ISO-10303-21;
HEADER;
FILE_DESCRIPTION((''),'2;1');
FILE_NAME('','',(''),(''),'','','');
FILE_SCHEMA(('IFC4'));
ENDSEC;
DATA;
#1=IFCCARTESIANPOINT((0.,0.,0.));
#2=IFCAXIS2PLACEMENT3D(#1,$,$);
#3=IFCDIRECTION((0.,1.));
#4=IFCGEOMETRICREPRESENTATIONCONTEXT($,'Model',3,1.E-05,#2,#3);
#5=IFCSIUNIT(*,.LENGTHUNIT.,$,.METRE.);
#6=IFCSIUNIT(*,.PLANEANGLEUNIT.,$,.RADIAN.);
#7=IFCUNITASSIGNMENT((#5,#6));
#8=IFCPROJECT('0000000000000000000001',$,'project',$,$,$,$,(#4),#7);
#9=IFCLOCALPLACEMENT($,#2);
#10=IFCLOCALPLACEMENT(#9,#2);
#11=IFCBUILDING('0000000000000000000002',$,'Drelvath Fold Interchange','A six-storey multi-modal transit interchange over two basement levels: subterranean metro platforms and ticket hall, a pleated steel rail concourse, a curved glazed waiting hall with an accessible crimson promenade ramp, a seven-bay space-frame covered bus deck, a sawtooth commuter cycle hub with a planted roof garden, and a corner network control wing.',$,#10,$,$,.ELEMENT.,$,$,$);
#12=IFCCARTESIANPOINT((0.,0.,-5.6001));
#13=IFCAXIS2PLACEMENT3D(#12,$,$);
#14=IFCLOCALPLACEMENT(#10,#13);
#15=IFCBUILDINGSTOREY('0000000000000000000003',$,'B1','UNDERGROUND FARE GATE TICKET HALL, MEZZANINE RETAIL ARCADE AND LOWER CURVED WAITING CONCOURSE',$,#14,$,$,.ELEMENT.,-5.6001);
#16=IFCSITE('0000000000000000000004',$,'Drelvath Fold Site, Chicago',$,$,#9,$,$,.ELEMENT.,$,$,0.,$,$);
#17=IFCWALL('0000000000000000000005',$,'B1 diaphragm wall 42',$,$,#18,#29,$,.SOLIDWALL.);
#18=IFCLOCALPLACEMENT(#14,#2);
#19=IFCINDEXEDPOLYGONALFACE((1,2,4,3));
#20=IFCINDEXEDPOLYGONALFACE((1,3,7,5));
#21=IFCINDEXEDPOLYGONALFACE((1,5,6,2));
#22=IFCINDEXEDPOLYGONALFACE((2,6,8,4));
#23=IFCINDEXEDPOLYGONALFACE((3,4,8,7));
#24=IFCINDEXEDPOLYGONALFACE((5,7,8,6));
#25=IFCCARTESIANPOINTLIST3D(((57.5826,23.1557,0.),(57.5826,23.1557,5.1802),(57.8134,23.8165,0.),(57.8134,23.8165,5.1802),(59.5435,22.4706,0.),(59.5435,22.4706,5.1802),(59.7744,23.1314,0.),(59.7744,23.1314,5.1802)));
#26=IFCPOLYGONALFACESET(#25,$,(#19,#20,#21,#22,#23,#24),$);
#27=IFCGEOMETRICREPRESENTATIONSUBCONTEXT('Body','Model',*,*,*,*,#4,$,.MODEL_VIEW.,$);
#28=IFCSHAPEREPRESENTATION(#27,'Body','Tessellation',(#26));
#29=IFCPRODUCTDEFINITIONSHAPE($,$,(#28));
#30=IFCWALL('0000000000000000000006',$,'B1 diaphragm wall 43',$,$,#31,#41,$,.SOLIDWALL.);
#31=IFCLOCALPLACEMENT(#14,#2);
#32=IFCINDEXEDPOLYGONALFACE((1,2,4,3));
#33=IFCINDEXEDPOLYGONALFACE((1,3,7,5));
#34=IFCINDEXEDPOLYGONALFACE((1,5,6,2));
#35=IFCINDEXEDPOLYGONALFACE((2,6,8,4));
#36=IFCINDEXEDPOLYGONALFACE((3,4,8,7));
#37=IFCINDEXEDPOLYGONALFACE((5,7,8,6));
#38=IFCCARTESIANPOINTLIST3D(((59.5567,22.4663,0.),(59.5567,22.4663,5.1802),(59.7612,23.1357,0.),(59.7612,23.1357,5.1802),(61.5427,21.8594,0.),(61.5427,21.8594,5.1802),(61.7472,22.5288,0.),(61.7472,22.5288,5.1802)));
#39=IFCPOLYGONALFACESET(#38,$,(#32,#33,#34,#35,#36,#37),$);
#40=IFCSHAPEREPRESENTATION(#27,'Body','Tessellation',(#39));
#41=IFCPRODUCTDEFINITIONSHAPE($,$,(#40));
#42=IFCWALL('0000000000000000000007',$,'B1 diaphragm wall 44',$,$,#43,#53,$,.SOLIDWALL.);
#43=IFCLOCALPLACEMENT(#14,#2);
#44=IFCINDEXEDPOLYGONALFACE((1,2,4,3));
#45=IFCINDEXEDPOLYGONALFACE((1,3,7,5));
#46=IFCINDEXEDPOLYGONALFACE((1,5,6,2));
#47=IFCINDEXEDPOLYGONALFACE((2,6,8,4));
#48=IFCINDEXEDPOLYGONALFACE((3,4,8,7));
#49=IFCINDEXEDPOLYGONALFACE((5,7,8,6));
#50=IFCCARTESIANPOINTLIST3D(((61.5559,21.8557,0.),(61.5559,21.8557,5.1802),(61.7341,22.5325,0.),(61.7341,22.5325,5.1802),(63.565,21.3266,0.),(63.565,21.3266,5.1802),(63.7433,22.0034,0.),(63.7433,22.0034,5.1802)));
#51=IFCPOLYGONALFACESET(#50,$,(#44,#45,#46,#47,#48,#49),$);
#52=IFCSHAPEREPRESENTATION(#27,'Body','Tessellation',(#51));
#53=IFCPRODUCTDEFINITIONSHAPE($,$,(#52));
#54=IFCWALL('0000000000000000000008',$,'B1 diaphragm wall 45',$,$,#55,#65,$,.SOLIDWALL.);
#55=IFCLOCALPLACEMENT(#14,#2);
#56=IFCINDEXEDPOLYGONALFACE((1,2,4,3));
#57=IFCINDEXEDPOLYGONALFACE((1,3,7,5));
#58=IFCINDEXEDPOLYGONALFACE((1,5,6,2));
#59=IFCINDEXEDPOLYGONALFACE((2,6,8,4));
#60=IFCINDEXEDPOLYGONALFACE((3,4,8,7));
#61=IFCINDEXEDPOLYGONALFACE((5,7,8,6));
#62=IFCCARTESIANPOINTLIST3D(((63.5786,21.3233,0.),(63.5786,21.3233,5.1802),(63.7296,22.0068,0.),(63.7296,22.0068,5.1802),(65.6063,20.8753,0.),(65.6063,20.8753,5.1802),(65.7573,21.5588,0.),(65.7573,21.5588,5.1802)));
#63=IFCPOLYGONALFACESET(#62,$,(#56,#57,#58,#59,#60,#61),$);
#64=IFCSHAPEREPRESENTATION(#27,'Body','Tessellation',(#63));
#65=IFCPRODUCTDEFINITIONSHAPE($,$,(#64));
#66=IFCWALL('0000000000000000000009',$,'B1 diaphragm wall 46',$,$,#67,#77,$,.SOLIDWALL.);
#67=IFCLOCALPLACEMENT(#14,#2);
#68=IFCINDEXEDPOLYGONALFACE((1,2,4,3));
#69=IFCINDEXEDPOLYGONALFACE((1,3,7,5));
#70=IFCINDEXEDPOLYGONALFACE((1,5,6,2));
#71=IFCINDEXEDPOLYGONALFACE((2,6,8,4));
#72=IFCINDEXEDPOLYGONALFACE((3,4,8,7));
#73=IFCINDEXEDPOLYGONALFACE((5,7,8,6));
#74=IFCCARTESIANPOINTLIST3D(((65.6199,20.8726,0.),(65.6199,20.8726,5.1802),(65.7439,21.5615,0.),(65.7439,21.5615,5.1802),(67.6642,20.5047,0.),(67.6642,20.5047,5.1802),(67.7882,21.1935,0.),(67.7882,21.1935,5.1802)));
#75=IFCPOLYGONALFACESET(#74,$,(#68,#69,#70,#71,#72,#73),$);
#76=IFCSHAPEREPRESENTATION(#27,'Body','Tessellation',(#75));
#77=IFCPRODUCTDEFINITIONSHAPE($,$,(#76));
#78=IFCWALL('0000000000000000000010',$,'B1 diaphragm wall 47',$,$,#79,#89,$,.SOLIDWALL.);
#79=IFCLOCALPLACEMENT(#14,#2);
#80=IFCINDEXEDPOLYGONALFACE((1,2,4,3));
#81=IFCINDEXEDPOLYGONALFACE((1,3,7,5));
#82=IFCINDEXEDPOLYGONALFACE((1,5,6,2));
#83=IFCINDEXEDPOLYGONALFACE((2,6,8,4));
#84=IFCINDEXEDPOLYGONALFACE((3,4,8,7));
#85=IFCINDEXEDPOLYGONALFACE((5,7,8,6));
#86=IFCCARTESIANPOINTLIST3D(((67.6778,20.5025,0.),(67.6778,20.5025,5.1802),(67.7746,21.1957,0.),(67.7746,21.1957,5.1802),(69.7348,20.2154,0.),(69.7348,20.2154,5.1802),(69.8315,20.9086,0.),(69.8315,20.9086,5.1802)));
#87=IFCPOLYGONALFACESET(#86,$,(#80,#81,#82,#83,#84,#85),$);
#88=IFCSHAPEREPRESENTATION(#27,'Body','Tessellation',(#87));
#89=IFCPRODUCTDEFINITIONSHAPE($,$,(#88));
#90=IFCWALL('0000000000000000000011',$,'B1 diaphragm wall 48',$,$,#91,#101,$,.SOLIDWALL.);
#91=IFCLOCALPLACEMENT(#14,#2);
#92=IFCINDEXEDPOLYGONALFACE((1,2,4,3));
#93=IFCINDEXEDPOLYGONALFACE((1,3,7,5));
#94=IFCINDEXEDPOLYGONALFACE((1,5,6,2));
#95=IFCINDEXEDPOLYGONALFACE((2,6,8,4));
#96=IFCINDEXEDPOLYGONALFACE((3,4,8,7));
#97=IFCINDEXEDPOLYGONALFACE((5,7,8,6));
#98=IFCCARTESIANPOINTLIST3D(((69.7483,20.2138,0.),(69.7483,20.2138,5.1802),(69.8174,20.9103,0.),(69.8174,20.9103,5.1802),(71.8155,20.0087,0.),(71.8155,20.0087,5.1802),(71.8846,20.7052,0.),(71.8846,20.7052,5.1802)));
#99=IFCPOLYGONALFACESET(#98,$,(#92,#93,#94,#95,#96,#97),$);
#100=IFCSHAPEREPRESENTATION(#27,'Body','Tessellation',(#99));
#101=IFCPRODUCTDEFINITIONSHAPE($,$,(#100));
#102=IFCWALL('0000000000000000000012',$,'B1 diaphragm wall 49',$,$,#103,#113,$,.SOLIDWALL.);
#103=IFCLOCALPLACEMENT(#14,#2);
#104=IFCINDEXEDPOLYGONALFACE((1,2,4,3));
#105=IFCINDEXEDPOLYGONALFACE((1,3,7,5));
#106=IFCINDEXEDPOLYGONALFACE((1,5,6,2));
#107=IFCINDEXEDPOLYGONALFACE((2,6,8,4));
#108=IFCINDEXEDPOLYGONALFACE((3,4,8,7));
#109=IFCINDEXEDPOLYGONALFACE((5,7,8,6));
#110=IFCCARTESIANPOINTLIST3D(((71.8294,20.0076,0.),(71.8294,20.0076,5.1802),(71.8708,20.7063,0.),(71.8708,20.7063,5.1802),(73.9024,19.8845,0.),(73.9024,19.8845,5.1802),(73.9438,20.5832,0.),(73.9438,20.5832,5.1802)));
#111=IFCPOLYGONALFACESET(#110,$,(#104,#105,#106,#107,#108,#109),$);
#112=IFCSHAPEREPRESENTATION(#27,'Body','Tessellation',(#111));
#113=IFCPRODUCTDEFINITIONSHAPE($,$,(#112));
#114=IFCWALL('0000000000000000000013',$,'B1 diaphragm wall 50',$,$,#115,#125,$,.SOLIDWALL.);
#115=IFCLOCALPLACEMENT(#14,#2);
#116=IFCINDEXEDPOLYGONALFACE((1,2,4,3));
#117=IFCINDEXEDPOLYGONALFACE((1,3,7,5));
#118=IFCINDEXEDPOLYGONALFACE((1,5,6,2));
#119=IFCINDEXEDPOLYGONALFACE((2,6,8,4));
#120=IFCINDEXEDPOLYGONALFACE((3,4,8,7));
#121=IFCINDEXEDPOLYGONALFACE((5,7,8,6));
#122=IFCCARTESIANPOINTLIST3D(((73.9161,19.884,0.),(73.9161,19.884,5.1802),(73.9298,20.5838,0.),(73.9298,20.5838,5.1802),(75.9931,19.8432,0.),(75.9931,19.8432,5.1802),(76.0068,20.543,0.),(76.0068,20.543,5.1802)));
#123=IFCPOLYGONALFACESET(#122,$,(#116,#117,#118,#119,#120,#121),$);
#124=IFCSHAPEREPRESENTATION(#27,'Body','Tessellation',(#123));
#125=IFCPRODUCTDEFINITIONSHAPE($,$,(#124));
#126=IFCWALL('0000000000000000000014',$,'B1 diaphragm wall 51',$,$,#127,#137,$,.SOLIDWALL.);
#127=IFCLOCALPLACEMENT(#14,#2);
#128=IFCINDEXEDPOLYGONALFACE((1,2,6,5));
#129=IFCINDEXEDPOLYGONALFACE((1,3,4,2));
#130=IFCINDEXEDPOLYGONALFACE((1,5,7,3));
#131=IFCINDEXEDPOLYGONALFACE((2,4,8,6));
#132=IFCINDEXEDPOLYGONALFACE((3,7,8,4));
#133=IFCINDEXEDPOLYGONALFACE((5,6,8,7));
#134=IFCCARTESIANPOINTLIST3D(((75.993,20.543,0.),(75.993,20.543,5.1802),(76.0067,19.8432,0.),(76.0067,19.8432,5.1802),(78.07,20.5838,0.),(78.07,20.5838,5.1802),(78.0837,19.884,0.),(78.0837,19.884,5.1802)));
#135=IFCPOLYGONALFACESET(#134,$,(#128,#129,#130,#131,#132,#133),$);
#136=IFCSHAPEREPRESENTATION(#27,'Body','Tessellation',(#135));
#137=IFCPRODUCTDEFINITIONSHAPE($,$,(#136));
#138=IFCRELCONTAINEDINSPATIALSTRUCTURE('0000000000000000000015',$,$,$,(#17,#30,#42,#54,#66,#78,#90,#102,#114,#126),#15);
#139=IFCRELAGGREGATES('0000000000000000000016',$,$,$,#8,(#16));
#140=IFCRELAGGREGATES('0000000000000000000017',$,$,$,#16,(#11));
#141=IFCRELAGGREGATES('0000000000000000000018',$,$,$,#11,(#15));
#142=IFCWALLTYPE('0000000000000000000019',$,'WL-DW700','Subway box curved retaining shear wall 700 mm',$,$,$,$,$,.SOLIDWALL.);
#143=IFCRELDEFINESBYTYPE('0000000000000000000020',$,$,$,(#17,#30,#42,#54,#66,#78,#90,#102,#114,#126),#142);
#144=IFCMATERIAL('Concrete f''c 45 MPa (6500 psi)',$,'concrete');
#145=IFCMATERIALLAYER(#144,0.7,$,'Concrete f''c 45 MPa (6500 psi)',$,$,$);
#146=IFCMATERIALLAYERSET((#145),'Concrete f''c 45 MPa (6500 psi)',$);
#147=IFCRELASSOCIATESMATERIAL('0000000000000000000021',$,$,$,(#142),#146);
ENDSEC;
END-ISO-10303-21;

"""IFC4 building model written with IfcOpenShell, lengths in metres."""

from ifc_helpers import new_model, si_unit, direction, frame, frame_2d, origin, place, context, subcontext, project, spatial, rectangle, extrude, material, layer, layer_set, type_object, element, save


model = new_model("IFC4")

# Units and contexts
model_context = context("Model", 3, precision=1e-05, world=origin(), true_north=direction((0.0, 1.0)))
body_context = subcontext(model_context, "Body", "Model", "MODEL_VIEW")
ifc_project = project(units=[si_unit("LENGTHUNIT", "METRE"), si_unit("PLANEANGLEUNIT", "RADIAN")], contexts=[model_context])

# Site, building, storey
site_placement = place(None, origin())
site = spatial("IfcSite", under=ifc_project, at=site_placement, Name="Drelvath Fold Site, Chicago", CompositionType="ELEMENT", RefElevation=0.0)
building_placement = place(site_placement, origin())
building = spatial("IfcBuilding", under=site, at=building_placement, Name="Drelvath Fold Interchange", Description="A six-storey multi-modal transit interchange over two basement levels: subterranean metro platforms and ticket hall, a pleated steel rail concourse, a curved glazed waiting hall with an accessible crimson promenade ramp, a seven-bay space-frame covered bus deck, a sawtooth commuter cycle hub with a planted roof garden, and a corner network control wing.", CompositionType="ELEMENT")
storey_placement = place(building_placement, frame((0.0, 0.0, -5.6001)))
storey = spatial("IfcBuildingStorey", under=building, at=storey_placement, Name="B1", Description="UNDERGROUND FARE GATE TICKET HALL, MEZZANINE RETAIL ARCADE AND LOWER CURVED WAITING CONCOURSE", CompositionType="ELEMENT", Elevation=-5.6001)

# Shared definitions
ifc_material_1 = material(Name="Concrete f'c 45 MPa (6500 psi)", Category="concrete")

# Walls
ifc_layer = layer(ifc_material_1, 0.7, Name="Concrete f'c 45 MPa (6500 psi)")
ifc_layer_set = layer_set([ifc_layer], Name="Concrete f'c 45 MPa (6500 psi)")
wall_type = type_object("IfcWallType", Name="WL-DW700", Description="Subway box curved retaining shear wall 700 mm", PredefinedType="SOLIDWALL", material=ifc_layer_set)
for number, where, z_axis, x_axis, name in (
    (1, (57.698, 23.4861, 0.0), (0.0, 0.0, 1.0), (0.944049, -0.329806, 0.0), "B1 diaphragm wall 42"),
):
    element("IfcWall", number, at=place(storey_placement, frame(where, z_axis=z_axis, x_axis=x_axis)), inside=storey, type_object=wall_type, Name=name, PredefinedType="SOLIDWALL", context=body_context, shape_type="SweptSolid", body=[
        extrude(rectangle(XDim=2.0771, YDim=0.7, at=frame_2d((1.0386, 0.0))), origin(), (0.0, 0.0, 1.0), 5.1802),
    ])
wall_1_placement = place(storey_placement, frame((59.6589, 22.801, 0.0), z_axis=(0.0, 0.0, 1.0), x_axis=(0.956342, -0.292251, 0.0)))
element("IfcWall", 2, at=wall_1_placement, inside=storey, type_object=wall_type, Name="B1 diaphragm wall 43", PredefinedType="SOLIDWALL", context=body_context, shape_type="SweptSolid", body=[
    extrude(rectangle(XDim=2.0767, YDim=0.7, at=frame_2d((1.0383, 0.0))), origin(), (0.0, 0.0, 1.0), 5.1802),
])
wall_2_placement = place(storey_placement, frame((61.645, 22.1941, 0.0), z_axis=(0.0, 0.0, 1.0), x_axis=(0.967032, -0.254655, 0.0)))
element("IfcWall", 3, at=wall_2_placement, inside=storey, type_object=wall_type, Name="B1 diaphragm wall 44", PredefinedType="SOLIDWALL", context=body_context, shape_type="SweptSolid", body=[
    extrude(rectangle(XDim=2.0776, YDim=0.7, at=frame_2d((1.0388, 0.0))), origin(), (0.0, 0.0, 1.0), 5.1802),
])
wall_3_placement = place(storey_placement, frame((63.6541, 21.665, 0.0), z_axis=(0.0, 0.0, 1.0), x_axis=(0.976455, -0.215723, 0.0)))
element("IfcWall", 4, at=wall_3_placement, inside=storey, type_object=wall_type, Name="B1 diaphragm wall 45", PredefinedType="SOLIDWALL", context=body_context, shape_type="SweptSolid", body=[
    extrude(rectangle(XDim=2.0767, YDim=0.7, at=frame_2d((1.0383, 0.0))), origin(), (0.0, 0.0, 1.0), 5.1802),
])
wall_4_placement = place(storey_placement, frame((65.6819, 21.217, 0.0), z_axis=(0.0, 0.0, 1.0), x_axis=(0.984186, -0.177137, 0.0)))
element("IfcWall", 5, at=wall_4_placement, inside=storey, type_object=wall_type, Name="B1 diaphragm wall 46", PredefinedType="SOLIDWALL", context=body_context, shape_type="SweptSolid", body=[
    extrude(rectangle(XDim=2.0771, YDim=0.7, at=frame_2d((1.0386, 0.0))), origin(), (0.0, 0.0, 1.0), 5.1802),
])
wall_5_placement = place(storey_placement, frame((67.7261, 20.8491, 0.0), z_axis=(0.0, 0.0, 1.0), x_axis=(0.990398, -0.138244, 0.0)))
element("IfcWall", 6, at=wall_5_placement, inside=storey, type_object=wall_type, Name="B1 diaphragm wall 47", PredefinedType="SOLIDWALL", context=body_context, shape_type="SweptSolid", body=[
    extrude(rectangle(XDim=2.0769, YDim=0.7, at=frame_2d((1.0386, 0.0))), origin(), (0.0, 0.0, 1.0), 5.1802),
])
wall_6_placement = place(storey_placement, frame((69.783, 20.562, 0.0), z_axis=(0.0, 0.0, 1.0), x_axis=(0.995115, -0.098724, 0.0)))
element("IfcWall", 7, at=wall_6_placement, inside=storey, type_object=wall_type, Name="B1 diaphragm wall 48", PredefinedType="SOLIDWALL", context=body_context, shape_type="SweptSolid", body=[
    extrude(rectangle(XDim=2.0774, YDim=0.7, at=frame_2d((1.0386, 0.0))), origin(), (0.0, 0.0, 1.0), 5.1802),
])
wall_7_placement = place(storey_placement, frame((71.8501, 20.3569, 0.0), z_axis=(0.0, 0.0, 1.0), x_axis=(0.998243, -0.059253, 0.0)))
element("IfcWall", 8, at=wall_7_placement, inside=storey, type_object=wall_type, Name="B1 diaphragm wall 49", PredefinedType="SOLIDWALL", context=body_context, shape_type="SweptSolid", body=[
    extrude(rectangle(XDim=2.0767, YDim=0.7, at=frame_2d((1.0383, 0.0))), origin(), (0.0, 0.0, 1.0), 5.1802),
])
for number, where, z_axis, x_axis, name in (
    (9, (73.9231, 20.2339, 0.0), (0.0, 0.0, 1.0), (0.999807, -0.019627, 0.0), "B1 diaphragm wall 50"),
    (10, (76.0, 20.1931, 0.0), (0.0, 0.0, 1.0), (0.999807, 0.019627, 0.0), "B1 diaphragm wall 51"),
):
    element("IfcWall", number, at=place(storey_placement, frame(where, z_axis=z_axis, x_axis=x_axis)), inside=storey, type_object=wall_type, Name=name, PredefinedType="SOLIDWALL", context=body_context, shape_type="SweptSolid", body=[
        extrude(rectangle(XDim=2.0774, YDim=0.7, at=frame_2d((1.0386, 0.0))), origin(), (0.0, 0.0, 1.0), 5.1802),
    ])

save(model, "model.ifc")
